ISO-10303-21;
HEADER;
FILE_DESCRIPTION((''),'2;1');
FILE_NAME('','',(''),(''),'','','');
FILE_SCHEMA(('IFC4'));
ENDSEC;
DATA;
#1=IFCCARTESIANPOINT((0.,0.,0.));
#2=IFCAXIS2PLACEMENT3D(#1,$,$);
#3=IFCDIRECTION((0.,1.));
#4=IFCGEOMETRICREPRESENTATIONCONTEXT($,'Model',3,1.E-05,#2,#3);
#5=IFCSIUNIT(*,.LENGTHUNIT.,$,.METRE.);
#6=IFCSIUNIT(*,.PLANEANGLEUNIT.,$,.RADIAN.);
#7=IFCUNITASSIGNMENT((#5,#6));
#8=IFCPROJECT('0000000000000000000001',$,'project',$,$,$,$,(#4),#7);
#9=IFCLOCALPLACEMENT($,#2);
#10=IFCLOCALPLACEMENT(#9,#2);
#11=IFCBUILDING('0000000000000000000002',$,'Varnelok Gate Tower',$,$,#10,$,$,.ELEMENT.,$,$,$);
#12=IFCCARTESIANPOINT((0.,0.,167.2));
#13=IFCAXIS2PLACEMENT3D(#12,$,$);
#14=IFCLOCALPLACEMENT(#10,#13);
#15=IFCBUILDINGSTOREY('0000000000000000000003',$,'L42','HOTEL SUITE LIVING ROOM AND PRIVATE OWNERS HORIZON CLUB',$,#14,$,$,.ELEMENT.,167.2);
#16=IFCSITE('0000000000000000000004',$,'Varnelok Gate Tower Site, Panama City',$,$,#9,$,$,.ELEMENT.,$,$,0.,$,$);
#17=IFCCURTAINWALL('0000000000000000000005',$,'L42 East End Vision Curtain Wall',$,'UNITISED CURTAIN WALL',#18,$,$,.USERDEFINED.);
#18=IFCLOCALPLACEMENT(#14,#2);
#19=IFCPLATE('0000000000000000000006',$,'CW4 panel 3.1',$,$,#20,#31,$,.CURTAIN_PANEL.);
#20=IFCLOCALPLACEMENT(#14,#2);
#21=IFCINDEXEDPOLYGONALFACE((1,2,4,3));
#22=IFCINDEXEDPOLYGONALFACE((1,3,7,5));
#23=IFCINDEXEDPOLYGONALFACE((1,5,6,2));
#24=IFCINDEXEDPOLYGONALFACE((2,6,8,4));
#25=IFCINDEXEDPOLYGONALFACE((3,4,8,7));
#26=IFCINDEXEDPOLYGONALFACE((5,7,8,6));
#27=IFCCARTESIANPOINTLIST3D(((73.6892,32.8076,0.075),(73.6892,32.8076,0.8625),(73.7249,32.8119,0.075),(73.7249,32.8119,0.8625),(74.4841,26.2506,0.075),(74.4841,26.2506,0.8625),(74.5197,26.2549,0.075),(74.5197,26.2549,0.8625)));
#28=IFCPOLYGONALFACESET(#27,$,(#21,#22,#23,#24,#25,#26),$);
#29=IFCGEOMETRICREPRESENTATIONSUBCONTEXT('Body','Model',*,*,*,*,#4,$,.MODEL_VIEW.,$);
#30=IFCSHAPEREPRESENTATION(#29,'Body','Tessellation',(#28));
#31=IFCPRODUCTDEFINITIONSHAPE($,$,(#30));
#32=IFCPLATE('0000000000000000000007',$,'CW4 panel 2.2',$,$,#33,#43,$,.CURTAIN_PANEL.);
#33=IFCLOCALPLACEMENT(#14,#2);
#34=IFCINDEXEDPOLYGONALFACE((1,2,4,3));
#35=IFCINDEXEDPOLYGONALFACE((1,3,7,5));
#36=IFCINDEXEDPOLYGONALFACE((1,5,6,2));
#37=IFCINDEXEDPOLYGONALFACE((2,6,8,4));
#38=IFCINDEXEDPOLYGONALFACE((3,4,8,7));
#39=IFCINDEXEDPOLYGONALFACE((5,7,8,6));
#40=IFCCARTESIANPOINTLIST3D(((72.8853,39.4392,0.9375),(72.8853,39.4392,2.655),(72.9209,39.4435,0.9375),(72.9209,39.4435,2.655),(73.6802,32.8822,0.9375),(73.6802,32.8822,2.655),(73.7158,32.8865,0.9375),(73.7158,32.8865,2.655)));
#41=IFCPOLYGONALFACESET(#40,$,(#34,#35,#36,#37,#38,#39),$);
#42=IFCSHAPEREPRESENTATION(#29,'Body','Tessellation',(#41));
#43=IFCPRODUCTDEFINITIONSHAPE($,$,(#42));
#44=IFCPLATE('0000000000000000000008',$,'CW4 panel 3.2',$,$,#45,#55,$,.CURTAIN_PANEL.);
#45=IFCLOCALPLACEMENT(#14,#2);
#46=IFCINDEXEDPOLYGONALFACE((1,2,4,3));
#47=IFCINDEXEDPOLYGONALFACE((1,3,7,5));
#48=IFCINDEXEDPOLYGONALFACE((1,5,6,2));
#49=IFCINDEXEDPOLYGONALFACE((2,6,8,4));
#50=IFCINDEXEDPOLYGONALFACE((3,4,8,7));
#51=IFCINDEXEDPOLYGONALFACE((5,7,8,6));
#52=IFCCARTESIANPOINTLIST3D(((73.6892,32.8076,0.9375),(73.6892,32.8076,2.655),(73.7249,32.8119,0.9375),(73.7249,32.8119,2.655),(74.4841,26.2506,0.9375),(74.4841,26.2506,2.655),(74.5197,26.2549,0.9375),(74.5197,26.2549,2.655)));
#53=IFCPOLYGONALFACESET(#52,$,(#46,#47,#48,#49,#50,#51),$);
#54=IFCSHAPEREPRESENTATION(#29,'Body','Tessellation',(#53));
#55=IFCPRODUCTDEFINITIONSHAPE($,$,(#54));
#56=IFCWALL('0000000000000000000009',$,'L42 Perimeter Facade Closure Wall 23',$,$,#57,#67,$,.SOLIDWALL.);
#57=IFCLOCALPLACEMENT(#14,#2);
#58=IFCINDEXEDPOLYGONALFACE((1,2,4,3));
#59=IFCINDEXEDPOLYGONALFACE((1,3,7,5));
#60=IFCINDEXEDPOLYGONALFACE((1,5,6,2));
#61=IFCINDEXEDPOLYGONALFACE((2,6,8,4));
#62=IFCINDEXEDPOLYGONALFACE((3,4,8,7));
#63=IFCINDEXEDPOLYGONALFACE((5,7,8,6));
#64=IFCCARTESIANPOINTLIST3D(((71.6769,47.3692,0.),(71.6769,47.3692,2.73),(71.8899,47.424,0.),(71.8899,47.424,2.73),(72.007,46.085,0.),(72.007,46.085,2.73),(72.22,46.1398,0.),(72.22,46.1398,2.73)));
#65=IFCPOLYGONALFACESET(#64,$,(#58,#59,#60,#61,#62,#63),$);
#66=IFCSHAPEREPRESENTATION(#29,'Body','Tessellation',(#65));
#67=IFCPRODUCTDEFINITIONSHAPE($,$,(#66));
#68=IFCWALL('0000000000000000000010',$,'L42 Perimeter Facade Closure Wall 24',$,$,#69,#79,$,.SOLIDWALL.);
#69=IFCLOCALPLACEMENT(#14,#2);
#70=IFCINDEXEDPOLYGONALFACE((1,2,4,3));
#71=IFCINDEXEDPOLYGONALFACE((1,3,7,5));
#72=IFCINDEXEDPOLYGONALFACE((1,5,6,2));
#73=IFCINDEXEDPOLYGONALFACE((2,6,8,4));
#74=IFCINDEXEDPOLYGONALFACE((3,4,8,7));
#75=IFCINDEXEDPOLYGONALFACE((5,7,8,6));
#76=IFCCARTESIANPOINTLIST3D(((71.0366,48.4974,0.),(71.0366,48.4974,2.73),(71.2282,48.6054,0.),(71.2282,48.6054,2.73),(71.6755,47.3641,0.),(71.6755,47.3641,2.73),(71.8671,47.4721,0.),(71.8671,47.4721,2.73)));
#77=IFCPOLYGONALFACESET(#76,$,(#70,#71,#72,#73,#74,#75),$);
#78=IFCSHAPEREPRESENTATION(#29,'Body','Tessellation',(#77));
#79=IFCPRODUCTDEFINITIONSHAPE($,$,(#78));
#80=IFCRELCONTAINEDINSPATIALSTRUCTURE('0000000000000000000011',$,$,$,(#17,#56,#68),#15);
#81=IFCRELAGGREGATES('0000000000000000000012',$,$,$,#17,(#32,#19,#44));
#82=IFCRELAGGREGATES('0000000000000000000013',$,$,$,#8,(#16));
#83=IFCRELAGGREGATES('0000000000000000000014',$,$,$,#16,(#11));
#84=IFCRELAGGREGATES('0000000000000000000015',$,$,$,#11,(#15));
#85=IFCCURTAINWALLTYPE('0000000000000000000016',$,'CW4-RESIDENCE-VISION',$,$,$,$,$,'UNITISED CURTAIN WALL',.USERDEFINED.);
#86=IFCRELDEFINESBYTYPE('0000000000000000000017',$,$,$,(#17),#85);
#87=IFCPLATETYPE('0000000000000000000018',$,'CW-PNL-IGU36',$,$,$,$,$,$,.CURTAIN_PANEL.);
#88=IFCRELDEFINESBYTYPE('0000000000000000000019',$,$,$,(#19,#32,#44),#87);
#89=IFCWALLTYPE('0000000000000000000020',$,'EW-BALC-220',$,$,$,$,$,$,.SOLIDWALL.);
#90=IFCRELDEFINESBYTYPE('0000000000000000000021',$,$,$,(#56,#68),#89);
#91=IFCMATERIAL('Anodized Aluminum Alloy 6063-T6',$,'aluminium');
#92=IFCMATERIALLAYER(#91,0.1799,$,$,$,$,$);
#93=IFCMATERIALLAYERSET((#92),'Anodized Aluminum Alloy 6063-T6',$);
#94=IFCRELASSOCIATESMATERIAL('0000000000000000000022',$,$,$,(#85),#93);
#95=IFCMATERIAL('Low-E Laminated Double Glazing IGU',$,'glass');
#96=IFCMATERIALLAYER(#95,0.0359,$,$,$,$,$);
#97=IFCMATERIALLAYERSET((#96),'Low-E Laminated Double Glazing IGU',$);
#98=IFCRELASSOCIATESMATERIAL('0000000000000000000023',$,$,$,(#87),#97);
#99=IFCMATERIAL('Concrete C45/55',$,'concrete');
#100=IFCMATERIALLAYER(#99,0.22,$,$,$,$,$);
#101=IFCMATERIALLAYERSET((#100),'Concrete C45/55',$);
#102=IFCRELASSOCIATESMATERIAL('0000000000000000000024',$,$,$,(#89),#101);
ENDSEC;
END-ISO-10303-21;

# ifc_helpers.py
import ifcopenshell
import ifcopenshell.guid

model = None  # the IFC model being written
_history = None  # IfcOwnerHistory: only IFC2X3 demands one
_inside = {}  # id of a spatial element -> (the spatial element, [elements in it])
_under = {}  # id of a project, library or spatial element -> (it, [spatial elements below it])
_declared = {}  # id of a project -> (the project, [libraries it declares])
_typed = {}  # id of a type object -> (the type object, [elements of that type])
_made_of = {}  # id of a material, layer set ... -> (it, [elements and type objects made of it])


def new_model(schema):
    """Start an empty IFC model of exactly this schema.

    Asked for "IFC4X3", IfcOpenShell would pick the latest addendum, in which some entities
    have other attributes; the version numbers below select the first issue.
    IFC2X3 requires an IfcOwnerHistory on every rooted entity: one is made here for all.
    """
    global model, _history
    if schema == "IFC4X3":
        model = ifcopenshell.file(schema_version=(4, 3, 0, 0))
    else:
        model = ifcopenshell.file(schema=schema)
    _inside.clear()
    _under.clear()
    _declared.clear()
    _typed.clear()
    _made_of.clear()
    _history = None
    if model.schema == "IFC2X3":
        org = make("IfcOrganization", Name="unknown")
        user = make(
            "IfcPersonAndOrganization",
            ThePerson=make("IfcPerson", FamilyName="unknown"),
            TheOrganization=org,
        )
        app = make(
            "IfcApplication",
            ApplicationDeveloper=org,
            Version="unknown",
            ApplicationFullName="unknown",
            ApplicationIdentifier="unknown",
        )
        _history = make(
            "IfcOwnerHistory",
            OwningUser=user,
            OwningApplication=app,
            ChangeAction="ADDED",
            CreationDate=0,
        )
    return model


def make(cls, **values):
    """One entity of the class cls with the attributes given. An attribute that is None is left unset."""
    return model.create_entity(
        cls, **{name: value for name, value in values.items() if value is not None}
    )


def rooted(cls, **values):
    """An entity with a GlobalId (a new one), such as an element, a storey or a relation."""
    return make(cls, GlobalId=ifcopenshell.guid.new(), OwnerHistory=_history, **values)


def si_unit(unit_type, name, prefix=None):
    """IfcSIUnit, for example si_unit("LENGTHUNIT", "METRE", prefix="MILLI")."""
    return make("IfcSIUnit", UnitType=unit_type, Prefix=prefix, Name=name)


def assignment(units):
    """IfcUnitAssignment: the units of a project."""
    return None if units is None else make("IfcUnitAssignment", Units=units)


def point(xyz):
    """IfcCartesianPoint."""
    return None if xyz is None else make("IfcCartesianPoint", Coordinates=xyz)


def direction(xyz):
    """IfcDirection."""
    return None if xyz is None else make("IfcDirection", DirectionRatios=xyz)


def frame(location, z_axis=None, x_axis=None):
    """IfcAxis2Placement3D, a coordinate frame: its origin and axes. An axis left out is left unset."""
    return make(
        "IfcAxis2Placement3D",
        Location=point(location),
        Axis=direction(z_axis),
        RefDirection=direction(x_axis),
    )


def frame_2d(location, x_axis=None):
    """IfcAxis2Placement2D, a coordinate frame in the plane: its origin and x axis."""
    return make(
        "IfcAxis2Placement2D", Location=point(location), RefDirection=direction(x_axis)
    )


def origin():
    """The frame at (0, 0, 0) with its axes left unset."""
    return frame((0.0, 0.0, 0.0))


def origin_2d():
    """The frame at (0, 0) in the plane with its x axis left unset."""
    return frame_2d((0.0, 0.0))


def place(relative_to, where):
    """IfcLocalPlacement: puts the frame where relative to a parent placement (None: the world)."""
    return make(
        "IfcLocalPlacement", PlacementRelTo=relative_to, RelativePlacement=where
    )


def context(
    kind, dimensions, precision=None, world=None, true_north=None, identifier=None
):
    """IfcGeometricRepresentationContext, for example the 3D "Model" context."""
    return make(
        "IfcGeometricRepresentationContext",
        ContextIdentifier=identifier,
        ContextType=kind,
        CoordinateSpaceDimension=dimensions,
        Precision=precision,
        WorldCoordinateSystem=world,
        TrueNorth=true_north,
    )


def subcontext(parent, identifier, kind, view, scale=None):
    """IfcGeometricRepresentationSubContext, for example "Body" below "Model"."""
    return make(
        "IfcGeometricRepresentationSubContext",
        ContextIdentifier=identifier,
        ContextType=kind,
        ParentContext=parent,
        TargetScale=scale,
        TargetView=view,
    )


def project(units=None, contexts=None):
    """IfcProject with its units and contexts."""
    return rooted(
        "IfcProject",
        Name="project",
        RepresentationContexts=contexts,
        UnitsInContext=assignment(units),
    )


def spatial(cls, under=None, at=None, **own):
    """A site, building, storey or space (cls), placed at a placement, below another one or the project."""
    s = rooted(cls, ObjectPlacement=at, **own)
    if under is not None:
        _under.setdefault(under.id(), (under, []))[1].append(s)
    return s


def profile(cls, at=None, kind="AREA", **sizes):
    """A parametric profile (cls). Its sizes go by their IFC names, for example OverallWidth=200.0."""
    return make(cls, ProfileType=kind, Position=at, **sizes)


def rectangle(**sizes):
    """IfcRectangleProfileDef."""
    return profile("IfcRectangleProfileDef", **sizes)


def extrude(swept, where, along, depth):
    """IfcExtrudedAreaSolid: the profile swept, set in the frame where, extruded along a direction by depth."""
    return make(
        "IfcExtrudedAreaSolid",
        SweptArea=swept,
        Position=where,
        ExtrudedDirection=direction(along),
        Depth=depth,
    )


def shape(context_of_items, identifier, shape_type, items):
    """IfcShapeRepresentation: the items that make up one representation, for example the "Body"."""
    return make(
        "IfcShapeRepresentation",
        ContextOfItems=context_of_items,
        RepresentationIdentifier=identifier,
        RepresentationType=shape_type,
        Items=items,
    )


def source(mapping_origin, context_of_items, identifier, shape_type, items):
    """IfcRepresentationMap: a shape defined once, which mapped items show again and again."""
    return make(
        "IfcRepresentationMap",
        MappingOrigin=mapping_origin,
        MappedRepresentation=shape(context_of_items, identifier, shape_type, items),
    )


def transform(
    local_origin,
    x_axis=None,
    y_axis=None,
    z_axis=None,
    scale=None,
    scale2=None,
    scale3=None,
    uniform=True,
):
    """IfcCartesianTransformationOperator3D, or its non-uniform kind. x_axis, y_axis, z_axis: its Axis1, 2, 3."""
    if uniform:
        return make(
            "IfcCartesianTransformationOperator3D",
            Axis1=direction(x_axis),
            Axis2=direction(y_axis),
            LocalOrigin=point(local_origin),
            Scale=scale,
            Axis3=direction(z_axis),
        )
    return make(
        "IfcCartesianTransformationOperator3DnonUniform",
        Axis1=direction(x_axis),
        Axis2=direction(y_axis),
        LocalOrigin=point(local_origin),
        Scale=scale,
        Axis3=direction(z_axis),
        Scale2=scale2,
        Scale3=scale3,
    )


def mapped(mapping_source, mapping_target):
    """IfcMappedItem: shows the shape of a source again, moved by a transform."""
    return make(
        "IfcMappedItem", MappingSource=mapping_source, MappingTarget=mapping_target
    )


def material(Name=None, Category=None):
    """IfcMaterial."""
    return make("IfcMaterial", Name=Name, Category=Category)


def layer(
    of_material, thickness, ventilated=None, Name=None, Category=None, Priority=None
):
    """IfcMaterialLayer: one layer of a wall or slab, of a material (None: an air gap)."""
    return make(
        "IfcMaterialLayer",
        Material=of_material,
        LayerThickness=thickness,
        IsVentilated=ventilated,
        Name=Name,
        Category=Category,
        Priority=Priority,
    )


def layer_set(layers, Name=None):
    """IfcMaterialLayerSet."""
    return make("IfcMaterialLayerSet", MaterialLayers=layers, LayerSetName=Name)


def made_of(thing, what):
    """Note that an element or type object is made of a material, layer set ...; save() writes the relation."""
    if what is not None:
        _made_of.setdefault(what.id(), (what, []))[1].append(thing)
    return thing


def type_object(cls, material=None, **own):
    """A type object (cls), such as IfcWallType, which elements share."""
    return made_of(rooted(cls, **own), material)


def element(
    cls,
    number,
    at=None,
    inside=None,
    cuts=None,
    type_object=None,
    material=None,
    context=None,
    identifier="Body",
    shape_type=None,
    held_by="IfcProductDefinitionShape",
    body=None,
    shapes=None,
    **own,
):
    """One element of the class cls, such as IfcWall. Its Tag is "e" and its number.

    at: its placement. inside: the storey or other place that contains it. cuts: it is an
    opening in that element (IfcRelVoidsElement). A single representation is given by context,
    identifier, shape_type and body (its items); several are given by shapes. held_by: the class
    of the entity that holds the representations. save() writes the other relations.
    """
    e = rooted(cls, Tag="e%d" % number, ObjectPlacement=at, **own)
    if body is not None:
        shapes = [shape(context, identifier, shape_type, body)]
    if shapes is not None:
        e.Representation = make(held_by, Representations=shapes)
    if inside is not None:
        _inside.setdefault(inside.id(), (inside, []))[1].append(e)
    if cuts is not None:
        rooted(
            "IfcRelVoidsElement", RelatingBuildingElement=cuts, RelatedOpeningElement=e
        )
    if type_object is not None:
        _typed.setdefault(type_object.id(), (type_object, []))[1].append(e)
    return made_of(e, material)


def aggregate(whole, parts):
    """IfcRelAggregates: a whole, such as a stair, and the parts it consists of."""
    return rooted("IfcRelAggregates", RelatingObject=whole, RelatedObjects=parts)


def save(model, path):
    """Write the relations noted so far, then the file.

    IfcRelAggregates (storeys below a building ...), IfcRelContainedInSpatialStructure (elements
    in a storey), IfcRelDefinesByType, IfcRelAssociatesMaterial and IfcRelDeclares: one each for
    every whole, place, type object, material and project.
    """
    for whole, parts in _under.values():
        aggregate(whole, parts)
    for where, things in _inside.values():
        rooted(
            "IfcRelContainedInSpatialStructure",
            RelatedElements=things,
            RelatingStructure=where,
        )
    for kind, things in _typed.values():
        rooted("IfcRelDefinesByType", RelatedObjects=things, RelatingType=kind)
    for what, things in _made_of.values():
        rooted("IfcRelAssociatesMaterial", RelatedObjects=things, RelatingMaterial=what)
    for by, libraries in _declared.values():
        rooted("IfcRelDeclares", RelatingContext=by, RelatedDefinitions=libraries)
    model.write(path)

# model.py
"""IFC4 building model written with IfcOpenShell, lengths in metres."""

from ifc_helpers import new_model, si_unit, direction, frame, frame_2d, origin, origin_2d, place, context, subcontext, project, spatial, rectangle, extrude, source, transform, mapped, material, layer, layer_set, type_object, element, aggregate, save


model = new_model("IFC4")

# Units and contexts
model_context = context("Model", 3, precision=1e-05, world=origin(), true_north=direction((0.0, 1.0)))
body_context = subcontext(model_context, "Body", "Model", "MODEL_VIEW")
ifc_project = project(units=[si_unit("LENGTHUNIT", "METRE"), si_unit("PLANEANGLEUNIT", "RADIAN")], contexts=[model_context])

# Site, building, storey
site_placement = place(None, origin())
site = spatial("IfcSite", under=ifc_project, at=site_placement, Name="Varnelok Gate Tower Site, Panama City", CompositionType="ELEMENT", RefElevation=0.0)
building_placement = place(site_placement, origin())
building = spatial("IfcBuilding", under=site, at=building_placement, Name="Varnelok Gate Tower", CompositionType="ELEMENT")
storey_placement = place(building_placement, frame((0.0, 0.0, 167.2)))
storey = spatial("IfcBuildingStorey", under=building, at=storey_placement, Name="L42", Description="HOTEL SUITE LIVING ROOM AND PRIVATE OWNERS HORIZON CLUB", CompositionType="ELEMENT", Elevation=167.2)

# Curtain wall, plates
ifc_material_1 = material(Name="Anodized Aluminum Alloy 6063-T6", Category="aluminium")
ifc_layer_1 = layer(ifc_material_1, 0.1799)
ifc_layer_set_1 = layer_set([ifc_layer_1], Name="Anodized Aluminum Alloy 6063-T6")
curtain_wall_type = type_object("IfcCurtainWallType", Name="CW4-RESIDENCE-VISION", ElementType="UNITISED CURTAIN WALL", PredefinedType="USERDEFINED", material=ifc_layer_set_1)
curtain_wall_placement = place(storey_placement, origin())
curtain_wall = element("IfcCurtainWall", 1, at=curtain_wall_placement, inside=storey, type_object=curtain_wall_type, Name="L42 East End Vision Curtain Wall", ObjectType="UNITISED CURTAIN WALL", PredefinedType="USERDEFINED")
ifc_material_2 = material(Name="Low-E Laminated Double Glazing IGU", Category="glass")
ifc_layer_2 = layer(ifc_material_2, 0.0359)
ifc_layer_set_2 = layer_set([ifc_layer_2], Name="Low-E Laminated Double Glazing IGU")
plate_type = type_object("IfcPlateType", Name="CW-PNL-IGU36", PredefinedType="CURTAIN_PANEL", material=ifc_layer_set_2)
shared_shape_1 = source(origin(), body_context, "Body", "SweptSolid", [
    extrude(rectangle(XDim=6.605, YDim=0.0359, at=origin_2d()), origin(), (0.0, 0.0, 1.0), 0.7876),
])
plate_1_placement = place(storey_placement, frame((74.1045, 29.5312, 0.075), z_axis=(0.0, 0.0, 1.0), x_axis=(0.120345, -0.992732, 0.0)))
plate_1 = element("IfcPlate", 2, at=plate_1_placement, type_object=plate_type, Name="CW4 panel 3.1", PredefinedType="CURTAIN_PANEL", context=body_context, shape_type="MappedRepresentation", body=[
    mapped(shared_shape_1, transform((0.0, 0.0, 0.0), scale=1.0)),
])
shared_shape_2 = source(origin(), body_context, "Body", "SweptSolid", [
    extrude(rectangle(XDim=6.605, YDim=0.0359, at=origin_2d()), origin(), (0.0, 0.0, 1.0), 1.7175),
])
plate_2_placement = place(storey_placement, frame((73.3005, 36.1628, 0.9375), z_axis=(0.0, 0.0, 1.0), x_axis=(0.120345, -0.992732, 0.0)))
plate_2 = element("IfcPlate", 3, at=plate_2_placement, type_object=plate_type, Name="CW4 panel 2.2", PredefinedType="CURTAIN_PANEL", context=body_context, shape_type="MappedRepresentation", body=[
    mapped(shared_shape_2, transform((0.0, 0.0, 0.0), scale=1.0)),
])
plate_3_placement = place(storey_placement, frame((74.1045, 29.5312, 0.9375), z_axis=(0.0, 0.0, 1.0), x_axis=(0.120345, -0.992732, 0.0)))
plate_3 = element("IfcPlate", 4, at=plate_3_placement, type_object=plate_type, Name="CW4 panel 3.2", PredefinedType="CURTAIN_PANEL", context=body_context, shape_type="MappedRepresentation", body=[
    mapped(shared_shape_2, transform((0.0, 0.0, 0.0), scale=1.0)),
])
aggregate(curtain_wall, [plate_2, plate_1, plate_3])

# Walls
ifc_material_3 = material(Name="Concrete C45/55", Category="concrete")
ifc_layer_3 = layer(ifc_material_3, 0.22)
ifc_layer_set_3 = layer_set([ifc_layer_3], Name="Concrete C45/55")
wall_type = type_object("IfcWallType", Name="EW-BALC-220", PredefinedType="SOLIDWALL", material=ifc_layer_set_3)
wall_1_placement = place(storey_placement, frame((72.1135, 46.1123, 0.0), z_axis=(0.0, 0.0, 1.0), x_axis=(-0.248942, 0.968518, 0.0)))
element("IfcWall", 5, at=wall_1_placement, inside=storey, type_object=wall_type, Name="L42 Perimeter Facade Closure Wall 23", PredefinedType="SOLIDWALL", context=body_context, shape_type="SweptSolid", body=[
    extrude(rectangle(XDim=1.3259, YDim=0.22, at=frame_2d((0.6631, 0.0))), origin(), (0.0, 0.0, 1.0), 2.73),
])
wall_2_placement = place(storey_placement, frame((71.7712, 47.4182, 0.0), z_axis=(0.0, 0.0, 1.0), x_axis=(-0.491099, 0.871104, 0.0)))
element("IfcWall", 6, at=wall_2_placement, inside=storey, type_object=wall_type, Name="L42 Perimeter Facade Closure Wall 24", PredefinedType="SOLIDWALL", context=body_context, shape_type="SweptSolid", body=[
    extrude(rectangle(XDim=1.301, YDim=0.22, at=frame_2d((0.6504, 0.0))), origin(), (0.0, 0.0, 1.0), 2.73),
])

save(model, "model.ifc")
